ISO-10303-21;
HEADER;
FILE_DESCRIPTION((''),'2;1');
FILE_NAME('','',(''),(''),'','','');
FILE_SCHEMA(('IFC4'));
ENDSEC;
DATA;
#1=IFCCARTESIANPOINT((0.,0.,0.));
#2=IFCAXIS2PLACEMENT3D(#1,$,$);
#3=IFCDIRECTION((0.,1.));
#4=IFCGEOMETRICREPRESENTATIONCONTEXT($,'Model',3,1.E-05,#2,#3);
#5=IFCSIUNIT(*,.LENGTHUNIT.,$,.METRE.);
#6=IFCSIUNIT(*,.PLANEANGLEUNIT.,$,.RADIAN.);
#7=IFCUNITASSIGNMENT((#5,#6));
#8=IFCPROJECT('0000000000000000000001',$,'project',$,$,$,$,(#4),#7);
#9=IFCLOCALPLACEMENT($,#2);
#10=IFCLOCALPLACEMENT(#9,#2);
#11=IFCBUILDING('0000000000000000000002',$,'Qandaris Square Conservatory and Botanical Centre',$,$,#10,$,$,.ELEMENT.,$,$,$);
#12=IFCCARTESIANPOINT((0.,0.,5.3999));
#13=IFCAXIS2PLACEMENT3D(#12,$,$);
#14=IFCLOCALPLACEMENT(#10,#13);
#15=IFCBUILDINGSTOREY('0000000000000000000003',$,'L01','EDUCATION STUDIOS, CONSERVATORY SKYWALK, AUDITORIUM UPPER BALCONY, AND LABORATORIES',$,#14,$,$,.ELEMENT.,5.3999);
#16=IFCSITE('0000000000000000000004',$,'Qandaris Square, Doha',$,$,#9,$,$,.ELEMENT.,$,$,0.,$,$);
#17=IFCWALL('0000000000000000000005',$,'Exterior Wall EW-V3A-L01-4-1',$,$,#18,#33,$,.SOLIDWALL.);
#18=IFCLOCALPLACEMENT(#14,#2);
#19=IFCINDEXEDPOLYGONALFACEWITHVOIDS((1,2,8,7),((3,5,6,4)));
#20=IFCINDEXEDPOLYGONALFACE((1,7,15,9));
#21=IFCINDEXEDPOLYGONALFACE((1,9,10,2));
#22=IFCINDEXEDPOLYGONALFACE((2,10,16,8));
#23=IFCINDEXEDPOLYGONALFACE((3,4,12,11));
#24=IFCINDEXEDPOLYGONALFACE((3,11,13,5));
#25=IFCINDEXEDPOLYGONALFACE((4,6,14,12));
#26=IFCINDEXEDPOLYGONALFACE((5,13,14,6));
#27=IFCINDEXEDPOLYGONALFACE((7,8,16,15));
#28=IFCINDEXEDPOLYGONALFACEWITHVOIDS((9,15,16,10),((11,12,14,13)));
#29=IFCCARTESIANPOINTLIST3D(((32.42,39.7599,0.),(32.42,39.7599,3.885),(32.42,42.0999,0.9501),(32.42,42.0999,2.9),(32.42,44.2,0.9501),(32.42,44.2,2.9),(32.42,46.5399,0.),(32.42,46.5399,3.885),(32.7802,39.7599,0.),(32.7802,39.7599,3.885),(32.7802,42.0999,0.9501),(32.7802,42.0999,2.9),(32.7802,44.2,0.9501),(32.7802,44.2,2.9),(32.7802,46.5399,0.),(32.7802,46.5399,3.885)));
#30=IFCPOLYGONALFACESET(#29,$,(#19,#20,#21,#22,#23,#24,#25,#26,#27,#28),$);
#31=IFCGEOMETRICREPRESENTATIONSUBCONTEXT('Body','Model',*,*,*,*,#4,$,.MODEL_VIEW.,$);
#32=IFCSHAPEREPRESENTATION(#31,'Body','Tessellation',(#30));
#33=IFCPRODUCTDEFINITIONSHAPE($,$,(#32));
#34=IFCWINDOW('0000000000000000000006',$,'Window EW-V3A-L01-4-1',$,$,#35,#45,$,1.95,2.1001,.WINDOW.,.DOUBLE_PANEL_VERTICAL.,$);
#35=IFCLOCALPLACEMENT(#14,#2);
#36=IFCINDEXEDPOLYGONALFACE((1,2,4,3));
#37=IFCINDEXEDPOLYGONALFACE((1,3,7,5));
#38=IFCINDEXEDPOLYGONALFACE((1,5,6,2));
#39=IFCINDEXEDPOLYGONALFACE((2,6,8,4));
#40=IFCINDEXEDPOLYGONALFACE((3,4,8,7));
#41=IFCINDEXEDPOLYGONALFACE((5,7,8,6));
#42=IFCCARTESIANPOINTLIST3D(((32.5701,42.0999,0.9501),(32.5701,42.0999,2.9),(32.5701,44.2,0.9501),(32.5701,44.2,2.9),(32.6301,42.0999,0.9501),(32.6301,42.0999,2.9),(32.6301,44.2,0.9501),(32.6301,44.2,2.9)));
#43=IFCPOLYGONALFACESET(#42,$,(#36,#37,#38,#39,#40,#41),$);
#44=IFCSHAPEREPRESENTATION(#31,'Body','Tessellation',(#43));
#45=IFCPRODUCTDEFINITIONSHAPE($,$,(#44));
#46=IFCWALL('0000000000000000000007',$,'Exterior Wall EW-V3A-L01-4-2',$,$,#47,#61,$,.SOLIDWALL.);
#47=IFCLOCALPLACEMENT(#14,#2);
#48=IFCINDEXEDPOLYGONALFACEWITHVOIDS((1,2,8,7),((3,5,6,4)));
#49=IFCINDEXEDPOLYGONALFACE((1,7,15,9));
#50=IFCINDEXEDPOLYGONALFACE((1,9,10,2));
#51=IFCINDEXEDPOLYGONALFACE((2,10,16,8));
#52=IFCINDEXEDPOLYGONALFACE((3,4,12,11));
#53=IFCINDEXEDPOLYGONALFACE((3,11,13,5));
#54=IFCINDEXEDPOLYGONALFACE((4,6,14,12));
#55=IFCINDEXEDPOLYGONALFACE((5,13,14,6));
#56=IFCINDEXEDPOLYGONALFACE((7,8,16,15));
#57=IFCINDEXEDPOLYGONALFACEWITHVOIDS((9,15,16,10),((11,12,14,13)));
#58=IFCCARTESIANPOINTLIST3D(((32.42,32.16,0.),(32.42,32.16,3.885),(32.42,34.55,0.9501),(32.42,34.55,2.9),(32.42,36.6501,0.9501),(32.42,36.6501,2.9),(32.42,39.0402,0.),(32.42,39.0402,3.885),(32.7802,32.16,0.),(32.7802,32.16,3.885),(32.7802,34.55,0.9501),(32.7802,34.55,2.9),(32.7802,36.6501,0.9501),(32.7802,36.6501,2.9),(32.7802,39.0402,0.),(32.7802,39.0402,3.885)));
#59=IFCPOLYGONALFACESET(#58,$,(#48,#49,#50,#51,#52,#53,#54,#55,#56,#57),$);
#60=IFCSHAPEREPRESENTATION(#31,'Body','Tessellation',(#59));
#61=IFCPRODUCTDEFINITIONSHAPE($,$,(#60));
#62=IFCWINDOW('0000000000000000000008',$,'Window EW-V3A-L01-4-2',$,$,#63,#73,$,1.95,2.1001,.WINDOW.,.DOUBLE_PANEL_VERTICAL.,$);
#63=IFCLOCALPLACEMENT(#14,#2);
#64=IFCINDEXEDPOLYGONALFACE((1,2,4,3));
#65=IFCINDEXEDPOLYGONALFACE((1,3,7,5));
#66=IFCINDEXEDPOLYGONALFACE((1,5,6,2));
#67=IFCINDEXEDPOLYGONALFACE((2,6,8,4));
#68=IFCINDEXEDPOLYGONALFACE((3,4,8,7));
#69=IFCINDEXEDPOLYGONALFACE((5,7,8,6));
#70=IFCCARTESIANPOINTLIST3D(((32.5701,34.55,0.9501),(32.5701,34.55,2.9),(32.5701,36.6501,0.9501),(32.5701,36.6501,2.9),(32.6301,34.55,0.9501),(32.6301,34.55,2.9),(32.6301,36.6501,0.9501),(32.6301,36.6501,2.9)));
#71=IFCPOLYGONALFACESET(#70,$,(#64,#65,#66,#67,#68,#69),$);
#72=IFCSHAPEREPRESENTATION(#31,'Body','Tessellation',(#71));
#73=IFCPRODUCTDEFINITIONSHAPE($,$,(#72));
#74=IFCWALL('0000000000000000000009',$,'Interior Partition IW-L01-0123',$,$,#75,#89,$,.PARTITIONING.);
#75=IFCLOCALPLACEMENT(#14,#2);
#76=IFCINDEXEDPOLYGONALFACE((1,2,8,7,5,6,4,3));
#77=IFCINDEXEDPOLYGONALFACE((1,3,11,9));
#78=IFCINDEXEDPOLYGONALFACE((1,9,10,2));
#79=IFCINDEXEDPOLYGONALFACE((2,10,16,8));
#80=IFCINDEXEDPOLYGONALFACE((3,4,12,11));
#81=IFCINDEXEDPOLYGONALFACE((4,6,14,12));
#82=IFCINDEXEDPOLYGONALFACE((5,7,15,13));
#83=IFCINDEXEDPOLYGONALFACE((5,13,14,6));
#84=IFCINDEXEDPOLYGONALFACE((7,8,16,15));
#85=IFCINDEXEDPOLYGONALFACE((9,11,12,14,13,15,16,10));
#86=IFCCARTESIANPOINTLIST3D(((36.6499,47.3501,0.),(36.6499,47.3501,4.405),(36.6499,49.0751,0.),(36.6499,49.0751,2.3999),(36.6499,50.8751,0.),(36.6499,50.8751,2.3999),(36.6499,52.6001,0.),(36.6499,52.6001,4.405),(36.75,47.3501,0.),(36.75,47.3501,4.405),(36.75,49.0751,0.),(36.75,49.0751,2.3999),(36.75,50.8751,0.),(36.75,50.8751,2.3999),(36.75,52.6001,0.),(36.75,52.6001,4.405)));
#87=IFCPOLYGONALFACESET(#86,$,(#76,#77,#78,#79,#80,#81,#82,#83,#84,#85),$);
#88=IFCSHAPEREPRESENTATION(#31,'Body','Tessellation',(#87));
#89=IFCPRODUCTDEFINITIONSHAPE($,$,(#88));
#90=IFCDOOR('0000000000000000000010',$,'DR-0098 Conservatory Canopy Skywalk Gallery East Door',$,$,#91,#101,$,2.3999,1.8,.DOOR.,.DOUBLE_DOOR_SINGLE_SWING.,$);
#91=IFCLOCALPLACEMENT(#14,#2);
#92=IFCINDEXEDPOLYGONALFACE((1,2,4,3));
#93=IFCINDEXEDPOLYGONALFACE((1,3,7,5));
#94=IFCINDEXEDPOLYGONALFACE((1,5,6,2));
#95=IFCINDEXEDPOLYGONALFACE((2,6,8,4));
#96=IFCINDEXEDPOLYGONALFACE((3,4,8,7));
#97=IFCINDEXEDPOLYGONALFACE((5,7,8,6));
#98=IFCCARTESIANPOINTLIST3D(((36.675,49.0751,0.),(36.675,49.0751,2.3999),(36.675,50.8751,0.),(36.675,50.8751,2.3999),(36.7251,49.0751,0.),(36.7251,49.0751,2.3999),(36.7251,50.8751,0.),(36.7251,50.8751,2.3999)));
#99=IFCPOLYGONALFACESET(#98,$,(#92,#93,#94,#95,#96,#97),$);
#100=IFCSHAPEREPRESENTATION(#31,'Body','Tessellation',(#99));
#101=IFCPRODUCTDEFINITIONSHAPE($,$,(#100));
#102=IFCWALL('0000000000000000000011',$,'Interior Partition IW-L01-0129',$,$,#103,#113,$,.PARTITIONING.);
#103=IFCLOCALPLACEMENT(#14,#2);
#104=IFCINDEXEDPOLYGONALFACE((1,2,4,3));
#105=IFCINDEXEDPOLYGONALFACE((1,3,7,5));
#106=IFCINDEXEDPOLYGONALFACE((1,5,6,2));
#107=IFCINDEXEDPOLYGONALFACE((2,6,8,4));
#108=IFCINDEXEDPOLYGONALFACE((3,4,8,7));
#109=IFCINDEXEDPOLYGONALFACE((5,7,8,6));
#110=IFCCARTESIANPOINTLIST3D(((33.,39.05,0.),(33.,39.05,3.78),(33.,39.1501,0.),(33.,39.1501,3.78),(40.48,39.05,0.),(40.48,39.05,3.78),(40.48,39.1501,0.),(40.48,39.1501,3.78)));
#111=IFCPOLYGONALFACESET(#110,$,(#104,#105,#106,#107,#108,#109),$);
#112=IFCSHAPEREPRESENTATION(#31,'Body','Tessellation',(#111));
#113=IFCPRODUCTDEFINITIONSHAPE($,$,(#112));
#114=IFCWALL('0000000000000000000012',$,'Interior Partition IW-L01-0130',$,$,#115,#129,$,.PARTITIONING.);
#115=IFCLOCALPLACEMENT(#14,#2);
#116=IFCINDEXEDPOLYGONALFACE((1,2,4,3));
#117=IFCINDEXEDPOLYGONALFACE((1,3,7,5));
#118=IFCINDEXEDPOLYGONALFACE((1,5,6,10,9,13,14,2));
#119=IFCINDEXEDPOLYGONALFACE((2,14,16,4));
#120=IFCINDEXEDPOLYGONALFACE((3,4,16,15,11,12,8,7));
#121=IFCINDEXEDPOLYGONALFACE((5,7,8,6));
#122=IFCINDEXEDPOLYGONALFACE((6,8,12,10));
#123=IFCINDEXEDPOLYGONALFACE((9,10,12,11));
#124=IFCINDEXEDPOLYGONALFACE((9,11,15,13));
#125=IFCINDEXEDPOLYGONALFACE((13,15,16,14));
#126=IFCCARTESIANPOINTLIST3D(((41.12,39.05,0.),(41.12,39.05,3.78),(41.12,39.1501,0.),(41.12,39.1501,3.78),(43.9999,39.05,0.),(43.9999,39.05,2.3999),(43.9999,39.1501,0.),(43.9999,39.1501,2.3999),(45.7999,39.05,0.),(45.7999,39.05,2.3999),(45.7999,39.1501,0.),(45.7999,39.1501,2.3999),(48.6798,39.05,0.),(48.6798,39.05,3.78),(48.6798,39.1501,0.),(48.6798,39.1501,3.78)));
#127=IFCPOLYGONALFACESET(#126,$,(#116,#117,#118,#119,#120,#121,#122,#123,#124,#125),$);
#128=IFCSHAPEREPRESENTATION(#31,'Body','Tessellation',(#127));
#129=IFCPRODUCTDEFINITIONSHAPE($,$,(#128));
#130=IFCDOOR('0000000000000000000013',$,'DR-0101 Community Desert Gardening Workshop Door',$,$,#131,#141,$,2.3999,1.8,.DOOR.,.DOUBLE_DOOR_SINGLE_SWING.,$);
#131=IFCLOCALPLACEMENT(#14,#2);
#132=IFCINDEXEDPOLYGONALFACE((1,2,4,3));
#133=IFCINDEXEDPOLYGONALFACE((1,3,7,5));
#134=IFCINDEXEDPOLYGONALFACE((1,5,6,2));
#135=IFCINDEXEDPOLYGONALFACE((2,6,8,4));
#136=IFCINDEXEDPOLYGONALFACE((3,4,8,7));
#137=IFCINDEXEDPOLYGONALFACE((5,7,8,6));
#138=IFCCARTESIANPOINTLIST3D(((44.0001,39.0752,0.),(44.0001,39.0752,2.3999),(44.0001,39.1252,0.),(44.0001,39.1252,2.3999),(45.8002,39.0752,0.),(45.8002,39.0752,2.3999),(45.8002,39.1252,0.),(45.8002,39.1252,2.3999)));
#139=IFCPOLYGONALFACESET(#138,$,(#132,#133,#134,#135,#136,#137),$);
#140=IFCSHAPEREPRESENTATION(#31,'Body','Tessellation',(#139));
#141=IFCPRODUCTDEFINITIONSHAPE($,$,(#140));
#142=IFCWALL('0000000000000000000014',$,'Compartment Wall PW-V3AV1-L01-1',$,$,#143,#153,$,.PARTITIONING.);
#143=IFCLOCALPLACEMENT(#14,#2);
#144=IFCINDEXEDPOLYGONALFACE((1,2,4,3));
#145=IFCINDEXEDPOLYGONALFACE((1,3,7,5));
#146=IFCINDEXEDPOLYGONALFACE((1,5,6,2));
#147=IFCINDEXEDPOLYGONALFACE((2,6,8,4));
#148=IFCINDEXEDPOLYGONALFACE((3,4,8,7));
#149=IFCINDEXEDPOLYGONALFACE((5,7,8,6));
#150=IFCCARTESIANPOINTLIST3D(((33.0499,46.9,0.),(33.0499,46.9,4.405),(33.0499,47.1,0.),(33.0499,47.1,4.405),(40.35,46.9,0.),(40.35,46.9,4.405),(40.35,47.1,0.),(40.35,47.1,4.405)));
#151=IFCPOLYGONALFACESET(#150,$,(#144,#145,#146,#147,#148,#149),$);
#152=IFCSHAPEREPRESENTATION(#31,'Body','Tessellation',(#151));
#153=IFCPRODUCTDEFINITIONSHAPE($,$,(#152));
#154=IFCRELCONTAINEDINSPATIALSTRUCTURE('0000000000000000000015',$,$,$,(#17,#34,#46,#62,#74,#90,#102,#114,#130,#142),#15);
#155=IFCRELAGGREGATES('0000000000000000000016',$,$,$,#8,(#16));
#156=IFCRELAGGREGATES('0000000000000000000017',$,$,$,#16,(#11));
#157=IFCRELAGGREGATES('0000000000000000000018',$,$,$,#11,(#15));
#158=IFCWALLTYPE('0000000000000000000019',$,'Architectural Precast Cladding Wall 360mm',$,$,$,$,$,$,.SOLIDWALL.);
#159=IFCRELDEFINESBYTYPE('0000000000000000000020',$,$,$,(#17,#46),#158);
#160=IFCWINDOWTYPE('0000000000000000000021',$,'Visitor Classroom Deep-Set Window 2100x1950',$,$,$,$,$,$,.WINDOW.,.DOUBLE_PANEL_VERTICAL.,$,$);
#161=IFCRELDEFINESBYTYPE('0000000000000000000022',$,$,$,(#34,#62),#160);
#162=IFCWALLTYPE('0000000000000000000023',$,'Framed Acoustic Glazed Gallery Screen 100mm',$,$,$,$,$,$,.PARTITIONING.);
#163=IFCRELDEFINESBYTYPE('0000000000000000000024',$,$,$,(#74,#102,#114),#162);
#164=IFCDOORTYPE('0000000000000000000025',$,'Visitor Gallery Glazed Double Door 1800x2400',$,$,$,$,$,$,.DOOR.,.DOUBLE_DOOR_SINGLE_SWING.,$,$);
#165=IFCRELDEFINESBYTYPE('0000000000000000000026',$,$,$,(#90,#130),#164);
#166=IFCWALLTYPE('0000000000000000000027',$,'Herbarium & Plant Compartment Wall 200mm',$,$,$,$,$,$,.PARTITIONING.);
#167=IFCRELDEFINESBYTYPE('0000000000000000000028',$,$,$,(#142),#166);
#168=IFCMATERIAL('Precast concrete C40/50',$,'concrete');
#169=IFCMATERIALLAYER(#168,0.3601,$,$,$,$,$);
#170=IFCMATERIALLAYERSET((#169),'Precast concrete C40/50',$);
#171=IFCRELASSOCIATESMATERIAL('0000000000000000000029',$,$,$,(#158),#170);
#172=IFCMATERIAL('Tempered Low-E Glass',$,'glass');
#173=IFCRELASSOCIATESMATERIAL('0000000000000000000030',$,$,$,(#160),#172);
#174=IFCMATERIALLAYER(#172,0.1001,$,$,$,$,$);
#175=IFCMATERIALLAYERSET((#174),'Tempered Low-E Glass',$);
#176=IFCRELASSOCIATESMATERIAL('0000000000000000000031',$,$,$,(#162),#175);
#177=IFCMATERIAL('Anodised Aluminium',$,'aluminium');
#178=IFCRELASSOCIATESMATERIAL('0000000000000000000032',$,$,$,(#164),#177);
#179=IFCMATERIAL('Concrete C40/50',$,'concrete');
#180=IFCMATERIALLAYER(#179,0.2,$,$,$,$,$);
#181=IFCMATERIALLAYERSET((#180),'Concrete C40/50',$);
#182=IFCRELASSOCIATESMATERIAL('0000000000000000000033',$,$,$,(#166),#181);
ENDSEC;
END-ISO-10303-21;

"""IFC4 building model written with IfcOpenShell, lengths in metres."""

from ifc_helpers import new_model, si_unit, direction, frame, frame_2d, origin, place, context, subcontext, project, spatial, rectangle, extrude, material, layer, layer_set, type_object, element, fill, save


model = new_model("IFC4")

# Units and contexts
model_context = context("Model", 3, precision=1e-05, world=origin(), true_north=direction((0.0, 1.0)))
body_context = subcontext(model_context, "Body", "Model", "MODEL_VIEW")
ifc_project = project(units=[si_unit("LENGTHUNIT", "METRE"), si_unit("PLANEANGLEUNIT", "RADIAN")], contexts=[model_context])

# Site, building, storey
site_placement = place(None, origin())
site = spatial("IfcSite", under=ifc_project, at=site_placement, Name="Qandaris Square, Doha", CompositionType="ELEMENT", RefElevation=0.0)
building_placement = place(site_placement, origin())
building = spatial("IfcBuilding", under=site, at=building_placement, Name="Qandaris Square Conservatory and Botanical Centre", CompositionType="ELEMENT")
storey_placement = place(building_placement, frame((0.0, 0.0, 5.3999)))
storey = spatial("IfcBuildingStorey", under=building, at=storey_placement, Name="L01", Description="EDUCATION STUDIOS, CONSERVATORY SKYWALK, AUDITORIUM UPPER BALCONY, AND LABORATORIES", CompositionType="ELEMENT", Elevation=5.3999)

# Shared definitions
ifc_material_1 = material(Name="Concrete C40/50", Category="concrete")

# Walls, openings, windows
ifc_material_2 = material(Name="Precast concrete C40/50", Category="concrete")
ifc_layer_1 = layer(ifc_material_2, 0.3601)
ifc_layer_set_1 = layer_set([ifc_layer_1], Name="Precast concrete C40/50")
wall_type_1 = type_object("IfcWallType", Name="Architectural Precast Cladding Wall 360mm", PredefinedType="SOLIDWALL", material=ifc_layer_set_1)
wall_1_placement = place(storey_placement, frame((32.6001, 46.54, 0.0), z_axis=(0.0, 0.0, 1.0), x_axis=(0.0, -1.0, 0.0)))
wall_1 = element("IfcWall", 1, at=wall_1_placement, inside=storey, type_object=wall_type_1, Name="Exterior Wall EW-V3A-L01-4-1", PredefinedType="SOLIDWALL", context=body_context, shape_type="SweptSolid", body=[
    extrude(rectangle(XDim=6.78, YDim=0.3601, at=frame_2d((3.3901, 0.0))), origin(), (0.0, 0.0, 1.0), 3.885),
])
opening_1_placement = place(wall_1_placement, frame((2.3401, 0.0, 0.95)))
opening_1 = element("IfcOpeningElement", 2, at=opening_1_placement, cuts=wall_1, PredefinedType="OPENING", context=body_context, shape_type="SweptSolid", body=[
    extrude(rectangle(XDim=2.1001, YDim=1.95, at=frame_2d((1.05, 0.9751))), frame((0.0, 0.1919, 0.0), z_axis=(0.0, -1.0, 0.0), x_axis=(1.0, 0.0, 0.0)), (0.0, 0.0, 1.0), 0.384),
])
ifc_material_3 = material(Name="Tempered Low-E Glass", Category="glass")
window_type = type_object("IfcWindowType", Name="Visitor Classroom Deep-Set Window 2100x1950", PartitioningType="DOUBLE_PANEL_VERTICAL", PredefinedType="WINDOW", material=ifc_material_3)
window_1_placement = place(opening_1_placement, origin())
window_1 = element("IfcWindow", 3, at=window_1_placement, inside=storey, type_object=window_type, Name="Window EW-V3A-L01-4-1", OverallHeight=1.95, OverallWidth=2.1001, PartitioningType="DOUBLE_PANEL_VERTICAL", PredefinedType="WINDOW", context=body_context, shape_type="SweptSolid", body=[
    extrude(rectangle(XDim=2.1001, YDim=1.95, at=frame_2d((1.05, 0.9751))), frame((0.0, 0.03, 0.0), z_axis=(0.0, -1.0, 0.0), x_axis=(1.0, 0.0, 0.0)), (0.0, 0.0, 1.0), 0.0601),
])
fill(opening_1, window_1)
wall_2_placement = place(storey_placement, frame((32.6001, 39.04, 0.0), z_axis=(0.0, 0.0, 1.0), x_axis=(0.0, -1.0, 0.0)))
wall_2 = element("IfcWall", 4, at=wall_2_placement, inside=storey, type_object=wall_type_1, Name="Exterior Wall EW-V3A-L01-4-2", PredefinedType="SOLIDWALL", context=body_context, shape_type="SweptSolid", body=[
    extrude(rectangle(XDim=6.8801, YDim=0.3601, at=frame_2d((3.4399, 0.0))), origin(), (0.0, 0.0, 1.0), 3.885),
])
opening_2_placement = place(wall_2_placement, frame((2.3899, 0.0, 0.95)))
opening_2 = element("IfcOpeningElement", 5, at=opening_2_placement, cuts=wall_2, PredefinedType="OPENING", context=body_context, shape_type="SweptSolid", body=[
    extrude(rectangle(XDim=2.1001, YDim=1.95, at=frame_2d((1.05, 0.9751))), frame((0.0, 0.1919, 0.0), z_axis=(0.0, -1.0, 0.0), x_axis=(1.0, 0.0, 0.0)), (0.0, 0.0, 1.0), 0.384),
])
window_2_placement = place(opening_2_placement, origin())
window_2 = element("IfcWindow", 6, at=window_2_placement, inside=storey, type_object=window_type, Name="Window EW-V3A-L01-4-2", OverallHeight=1.95, OverallWidth=2.1001, PartitioningType="DOUBLE_PANEL_VERTICAL", PredefinedType="WINDOW", context=body_context, shape_type="SweptSolid", body=[
    extrude(rectangle(XDim=2.1001, YDim=1.95, at=frame_2d((1.05, 0.9751))), frame((0.0, 0.03, 0.0), z_axis=(0.0, -1.0, 0.0), x_axis=(1.0, 0.0, 0.0)), (0.0, 0.0, 1.0), 0.0601),
])
fill(opening_2, window_2)

# Wall, opening, door
ifc_layer_2 = layer(ifc_material_3, 0.1001)
ifc_layer_set_2 = layer_set([ifc_layer_2], Name="Tempered Low-E Glass")
wall_type_2 = type_object("IfcWallType", Name="Framed Acoustic Glazed Gallery Screen 100mm", PredefinedType="PARTITIONING", material=ifc_layer_set_2)
wall_3_placement = place(storey_placement, frame((36.7, 47.3501, 0.0), z_axis=(0.0, 0.0, 1.0), x_axis=(0.0, 1.0, 0.0)))
wall_3 = element("IfcWall", 7, at=wall_3_placement, inside=storey, type_object=wall_type_2, Name="Interior Partition IW-L01-0123", PredefinedType="PARTITIONING", context=body_context, shape_type="SweptSolid", body=[
    extrude(rectangle(XDim=5.25, YDim=0.1001, at=frame_2d((2.625, 0.0))), origin(), (0.0, 0.0, 1.0), 4.405),
])
opening_3_placement = place(wall_3_placement, frame((1.7251, 0.0, 0.0)))
opening_3 = element("IfcOpeningElement", 8, at=opening_3_placement, cuts=wall_3, PredefinedType="OPENING", context=body_context, shape_type="SweptSolid", body=[
    extrude(rectangle(XDim=1.8, YDim=2.3999, at=frame_2d((0.8999, 1.2))), frame((0.0, 0.062, 0.0), z_axis=(0.0, -1.0, 0.0), x_axis=(1.0, 0.0, 0.0)), (0.0, 0.0, 1.0), 0.124),
])
ifc_material_4 = material(Name="Anodised Aluminium", Category="aluminium")
door_type = type_object("IfcDoorType", Name="Visitor Gallery Glazed Double Door 1800x2400", OperationType="DOUBLE_DOOR_SINGLE_SWING", PredefinedType="DOOR", material=ifc_material_4)
door_1_placement = place(opening_3_placement, origin())
door_1 = element("IfcDoor", 9, at=door_1_placement, inside=storey, type_object=door_type, Name="DR-0098 Conservatory Canopy Skywalk Gallery East Door", OperationType="DOUBLE_DOOR_SINGLE_SWING", OverallHeight=2.3999, OverallWidth=1.8, PredefinedType="DOOR", context=body_context, shape_type="SweptSolid", body=[
    extrude(rectangle(XDim=1.8, YDim=2.3999, at=frame_2d((0.8999, 1.2))), frame((0.0, 0.0249, 0.0), z_axis=(0.0, -1.0, 0.0), x_axis=(1.0, 0.0, 0.0)), (0.0, 0.0, 1.0), 0.05),
])
fill(opening_3, door_1)

# Wall
wall_4_placement = place(storey_placement, frame((33.0, 39.1001, 0.0), z_axis=(0.0, 0.0, 1.0), x_axis=(1.0, 0.0, 0.0)))
element("IfcWall", 10, at=wall_4_placement, inside=storey, type_object=wall_type_2, Name="Interior Partition IW-L01-0129", PredefinedType="PARTITIONING", context=body_context, shape_type="SweptSolid", body=[
    extrude(rectangle(XDim=7.48, YDim=0.1001, at=frame_2d((3.74, 0.0))), origin(), (0.0, 0.0, 1.0), 3.78),
])

# Wall, opening, door
wall_5_placement = place(storey_placement, frame((41.1201, 39.1001, 0.0), z_axis=(0.0, 0.0, 1.0), x_axis=(1.0, 0.0, 0.0)))
wall_5 = element("IfcWall", 11, at=wall_5_placement, inside=storey, type_object=wall_type_2, Name="Interior Partition IW-L01-0130", PredefinedType="PARTITIONING", context=body_context, shape_type="SweptSolid", body=[
    extrude(rectangle(XDim=7.5598, YDim=0.1001, at=frame_2d((3.7798, 0.0))), origin(), (0.0, 0.0, 1.0), 3.78),
])
opening_4_placement = place(wall_5_placement, frame((2.8799, 0.0, 0.0)))
opening_4 = element("IfcOpeningElement", 12, at=opening_4_placement, cuts=wall_5, PredefinedType="OPENING", context=body_context, shape_type="SweptSolid", body=[
    extrude(rectangle(XDim=1.8, YDim=2.3999, at=frame_2d((0.8999, 1.2))), frame((0.0, 0.062, 0.0), z_axis=(0.0, -1.0, 0.0), x_axis=(1.0, 0.0, 0.0)), (0.0, 0.0, 1.0), 0.124),
])
door_2_placement = place(opening_4_placement, frame((1.8, 0.0, 0.0), z_axis=(0.0, 0.0, 1.0), x_axis=(-1.0, 0.0, 0.0)))
door_2 = element("IfcDoor", 13, at=door_2_placement, inside=storey, type_object=door_type, Name="DR-0101 Community Desert Gardening Workshop Door", OperationType="DOUBLE_DOOR_SINGLE_SWING", OverallHeight=2.3999, OverallWidth=1.8, PredefinedType="DOOR", context=body_context, shape_type="SweptSolid", body=[
    extrude(rectangle(XDim=1.8, YDim=2.3999, at=frame_2d((0.8999, 1.2))), frame((0.0, 0.0249, 0.0), z_axis=(0.0, -1.0, 0.0), x_axis=(1.0, 0.0, 0.0)), (0.0, 0.0, 1.0), 0.05),
])
fill(opening_4, door_2)

# Wall
ifc_layer_3 = layer(ifc_material_1, 0.2)
ifc_layer_set_3 = layer_set([ifc_layer_3], Name="Concrete C40/50")
wall_type_3 = type_object("IfcWallType", Name="Herbarium & Plant Compartment Wall 200mm", PredefinedType="PARTITIONING", material=ifc_layer_set_3)
wall_6_placement = place(storey_placement, frame((33.05, 47.0, 0.0), z_axis=(0.0, 0.0, 1.0), x_axis=(1.0, 0.0, 0.0)))
element("IfcWall", 14, at=wall_6_placement, inside=storey, type_object=wall_type_3, Name="Compartment Wall PW-V3AV1-L01-1", PredefinedType="PARTITIONING", context=body_context, shape_type="SweptSolid", body=[
    extrude(rectangle(XDim=7.3, YDim=0.2, at=frame_2d((3.6499, 0.0))), origin(), (0.0, 0.0, 1.0), 4.405),
])

save(model, "model.ifc")
